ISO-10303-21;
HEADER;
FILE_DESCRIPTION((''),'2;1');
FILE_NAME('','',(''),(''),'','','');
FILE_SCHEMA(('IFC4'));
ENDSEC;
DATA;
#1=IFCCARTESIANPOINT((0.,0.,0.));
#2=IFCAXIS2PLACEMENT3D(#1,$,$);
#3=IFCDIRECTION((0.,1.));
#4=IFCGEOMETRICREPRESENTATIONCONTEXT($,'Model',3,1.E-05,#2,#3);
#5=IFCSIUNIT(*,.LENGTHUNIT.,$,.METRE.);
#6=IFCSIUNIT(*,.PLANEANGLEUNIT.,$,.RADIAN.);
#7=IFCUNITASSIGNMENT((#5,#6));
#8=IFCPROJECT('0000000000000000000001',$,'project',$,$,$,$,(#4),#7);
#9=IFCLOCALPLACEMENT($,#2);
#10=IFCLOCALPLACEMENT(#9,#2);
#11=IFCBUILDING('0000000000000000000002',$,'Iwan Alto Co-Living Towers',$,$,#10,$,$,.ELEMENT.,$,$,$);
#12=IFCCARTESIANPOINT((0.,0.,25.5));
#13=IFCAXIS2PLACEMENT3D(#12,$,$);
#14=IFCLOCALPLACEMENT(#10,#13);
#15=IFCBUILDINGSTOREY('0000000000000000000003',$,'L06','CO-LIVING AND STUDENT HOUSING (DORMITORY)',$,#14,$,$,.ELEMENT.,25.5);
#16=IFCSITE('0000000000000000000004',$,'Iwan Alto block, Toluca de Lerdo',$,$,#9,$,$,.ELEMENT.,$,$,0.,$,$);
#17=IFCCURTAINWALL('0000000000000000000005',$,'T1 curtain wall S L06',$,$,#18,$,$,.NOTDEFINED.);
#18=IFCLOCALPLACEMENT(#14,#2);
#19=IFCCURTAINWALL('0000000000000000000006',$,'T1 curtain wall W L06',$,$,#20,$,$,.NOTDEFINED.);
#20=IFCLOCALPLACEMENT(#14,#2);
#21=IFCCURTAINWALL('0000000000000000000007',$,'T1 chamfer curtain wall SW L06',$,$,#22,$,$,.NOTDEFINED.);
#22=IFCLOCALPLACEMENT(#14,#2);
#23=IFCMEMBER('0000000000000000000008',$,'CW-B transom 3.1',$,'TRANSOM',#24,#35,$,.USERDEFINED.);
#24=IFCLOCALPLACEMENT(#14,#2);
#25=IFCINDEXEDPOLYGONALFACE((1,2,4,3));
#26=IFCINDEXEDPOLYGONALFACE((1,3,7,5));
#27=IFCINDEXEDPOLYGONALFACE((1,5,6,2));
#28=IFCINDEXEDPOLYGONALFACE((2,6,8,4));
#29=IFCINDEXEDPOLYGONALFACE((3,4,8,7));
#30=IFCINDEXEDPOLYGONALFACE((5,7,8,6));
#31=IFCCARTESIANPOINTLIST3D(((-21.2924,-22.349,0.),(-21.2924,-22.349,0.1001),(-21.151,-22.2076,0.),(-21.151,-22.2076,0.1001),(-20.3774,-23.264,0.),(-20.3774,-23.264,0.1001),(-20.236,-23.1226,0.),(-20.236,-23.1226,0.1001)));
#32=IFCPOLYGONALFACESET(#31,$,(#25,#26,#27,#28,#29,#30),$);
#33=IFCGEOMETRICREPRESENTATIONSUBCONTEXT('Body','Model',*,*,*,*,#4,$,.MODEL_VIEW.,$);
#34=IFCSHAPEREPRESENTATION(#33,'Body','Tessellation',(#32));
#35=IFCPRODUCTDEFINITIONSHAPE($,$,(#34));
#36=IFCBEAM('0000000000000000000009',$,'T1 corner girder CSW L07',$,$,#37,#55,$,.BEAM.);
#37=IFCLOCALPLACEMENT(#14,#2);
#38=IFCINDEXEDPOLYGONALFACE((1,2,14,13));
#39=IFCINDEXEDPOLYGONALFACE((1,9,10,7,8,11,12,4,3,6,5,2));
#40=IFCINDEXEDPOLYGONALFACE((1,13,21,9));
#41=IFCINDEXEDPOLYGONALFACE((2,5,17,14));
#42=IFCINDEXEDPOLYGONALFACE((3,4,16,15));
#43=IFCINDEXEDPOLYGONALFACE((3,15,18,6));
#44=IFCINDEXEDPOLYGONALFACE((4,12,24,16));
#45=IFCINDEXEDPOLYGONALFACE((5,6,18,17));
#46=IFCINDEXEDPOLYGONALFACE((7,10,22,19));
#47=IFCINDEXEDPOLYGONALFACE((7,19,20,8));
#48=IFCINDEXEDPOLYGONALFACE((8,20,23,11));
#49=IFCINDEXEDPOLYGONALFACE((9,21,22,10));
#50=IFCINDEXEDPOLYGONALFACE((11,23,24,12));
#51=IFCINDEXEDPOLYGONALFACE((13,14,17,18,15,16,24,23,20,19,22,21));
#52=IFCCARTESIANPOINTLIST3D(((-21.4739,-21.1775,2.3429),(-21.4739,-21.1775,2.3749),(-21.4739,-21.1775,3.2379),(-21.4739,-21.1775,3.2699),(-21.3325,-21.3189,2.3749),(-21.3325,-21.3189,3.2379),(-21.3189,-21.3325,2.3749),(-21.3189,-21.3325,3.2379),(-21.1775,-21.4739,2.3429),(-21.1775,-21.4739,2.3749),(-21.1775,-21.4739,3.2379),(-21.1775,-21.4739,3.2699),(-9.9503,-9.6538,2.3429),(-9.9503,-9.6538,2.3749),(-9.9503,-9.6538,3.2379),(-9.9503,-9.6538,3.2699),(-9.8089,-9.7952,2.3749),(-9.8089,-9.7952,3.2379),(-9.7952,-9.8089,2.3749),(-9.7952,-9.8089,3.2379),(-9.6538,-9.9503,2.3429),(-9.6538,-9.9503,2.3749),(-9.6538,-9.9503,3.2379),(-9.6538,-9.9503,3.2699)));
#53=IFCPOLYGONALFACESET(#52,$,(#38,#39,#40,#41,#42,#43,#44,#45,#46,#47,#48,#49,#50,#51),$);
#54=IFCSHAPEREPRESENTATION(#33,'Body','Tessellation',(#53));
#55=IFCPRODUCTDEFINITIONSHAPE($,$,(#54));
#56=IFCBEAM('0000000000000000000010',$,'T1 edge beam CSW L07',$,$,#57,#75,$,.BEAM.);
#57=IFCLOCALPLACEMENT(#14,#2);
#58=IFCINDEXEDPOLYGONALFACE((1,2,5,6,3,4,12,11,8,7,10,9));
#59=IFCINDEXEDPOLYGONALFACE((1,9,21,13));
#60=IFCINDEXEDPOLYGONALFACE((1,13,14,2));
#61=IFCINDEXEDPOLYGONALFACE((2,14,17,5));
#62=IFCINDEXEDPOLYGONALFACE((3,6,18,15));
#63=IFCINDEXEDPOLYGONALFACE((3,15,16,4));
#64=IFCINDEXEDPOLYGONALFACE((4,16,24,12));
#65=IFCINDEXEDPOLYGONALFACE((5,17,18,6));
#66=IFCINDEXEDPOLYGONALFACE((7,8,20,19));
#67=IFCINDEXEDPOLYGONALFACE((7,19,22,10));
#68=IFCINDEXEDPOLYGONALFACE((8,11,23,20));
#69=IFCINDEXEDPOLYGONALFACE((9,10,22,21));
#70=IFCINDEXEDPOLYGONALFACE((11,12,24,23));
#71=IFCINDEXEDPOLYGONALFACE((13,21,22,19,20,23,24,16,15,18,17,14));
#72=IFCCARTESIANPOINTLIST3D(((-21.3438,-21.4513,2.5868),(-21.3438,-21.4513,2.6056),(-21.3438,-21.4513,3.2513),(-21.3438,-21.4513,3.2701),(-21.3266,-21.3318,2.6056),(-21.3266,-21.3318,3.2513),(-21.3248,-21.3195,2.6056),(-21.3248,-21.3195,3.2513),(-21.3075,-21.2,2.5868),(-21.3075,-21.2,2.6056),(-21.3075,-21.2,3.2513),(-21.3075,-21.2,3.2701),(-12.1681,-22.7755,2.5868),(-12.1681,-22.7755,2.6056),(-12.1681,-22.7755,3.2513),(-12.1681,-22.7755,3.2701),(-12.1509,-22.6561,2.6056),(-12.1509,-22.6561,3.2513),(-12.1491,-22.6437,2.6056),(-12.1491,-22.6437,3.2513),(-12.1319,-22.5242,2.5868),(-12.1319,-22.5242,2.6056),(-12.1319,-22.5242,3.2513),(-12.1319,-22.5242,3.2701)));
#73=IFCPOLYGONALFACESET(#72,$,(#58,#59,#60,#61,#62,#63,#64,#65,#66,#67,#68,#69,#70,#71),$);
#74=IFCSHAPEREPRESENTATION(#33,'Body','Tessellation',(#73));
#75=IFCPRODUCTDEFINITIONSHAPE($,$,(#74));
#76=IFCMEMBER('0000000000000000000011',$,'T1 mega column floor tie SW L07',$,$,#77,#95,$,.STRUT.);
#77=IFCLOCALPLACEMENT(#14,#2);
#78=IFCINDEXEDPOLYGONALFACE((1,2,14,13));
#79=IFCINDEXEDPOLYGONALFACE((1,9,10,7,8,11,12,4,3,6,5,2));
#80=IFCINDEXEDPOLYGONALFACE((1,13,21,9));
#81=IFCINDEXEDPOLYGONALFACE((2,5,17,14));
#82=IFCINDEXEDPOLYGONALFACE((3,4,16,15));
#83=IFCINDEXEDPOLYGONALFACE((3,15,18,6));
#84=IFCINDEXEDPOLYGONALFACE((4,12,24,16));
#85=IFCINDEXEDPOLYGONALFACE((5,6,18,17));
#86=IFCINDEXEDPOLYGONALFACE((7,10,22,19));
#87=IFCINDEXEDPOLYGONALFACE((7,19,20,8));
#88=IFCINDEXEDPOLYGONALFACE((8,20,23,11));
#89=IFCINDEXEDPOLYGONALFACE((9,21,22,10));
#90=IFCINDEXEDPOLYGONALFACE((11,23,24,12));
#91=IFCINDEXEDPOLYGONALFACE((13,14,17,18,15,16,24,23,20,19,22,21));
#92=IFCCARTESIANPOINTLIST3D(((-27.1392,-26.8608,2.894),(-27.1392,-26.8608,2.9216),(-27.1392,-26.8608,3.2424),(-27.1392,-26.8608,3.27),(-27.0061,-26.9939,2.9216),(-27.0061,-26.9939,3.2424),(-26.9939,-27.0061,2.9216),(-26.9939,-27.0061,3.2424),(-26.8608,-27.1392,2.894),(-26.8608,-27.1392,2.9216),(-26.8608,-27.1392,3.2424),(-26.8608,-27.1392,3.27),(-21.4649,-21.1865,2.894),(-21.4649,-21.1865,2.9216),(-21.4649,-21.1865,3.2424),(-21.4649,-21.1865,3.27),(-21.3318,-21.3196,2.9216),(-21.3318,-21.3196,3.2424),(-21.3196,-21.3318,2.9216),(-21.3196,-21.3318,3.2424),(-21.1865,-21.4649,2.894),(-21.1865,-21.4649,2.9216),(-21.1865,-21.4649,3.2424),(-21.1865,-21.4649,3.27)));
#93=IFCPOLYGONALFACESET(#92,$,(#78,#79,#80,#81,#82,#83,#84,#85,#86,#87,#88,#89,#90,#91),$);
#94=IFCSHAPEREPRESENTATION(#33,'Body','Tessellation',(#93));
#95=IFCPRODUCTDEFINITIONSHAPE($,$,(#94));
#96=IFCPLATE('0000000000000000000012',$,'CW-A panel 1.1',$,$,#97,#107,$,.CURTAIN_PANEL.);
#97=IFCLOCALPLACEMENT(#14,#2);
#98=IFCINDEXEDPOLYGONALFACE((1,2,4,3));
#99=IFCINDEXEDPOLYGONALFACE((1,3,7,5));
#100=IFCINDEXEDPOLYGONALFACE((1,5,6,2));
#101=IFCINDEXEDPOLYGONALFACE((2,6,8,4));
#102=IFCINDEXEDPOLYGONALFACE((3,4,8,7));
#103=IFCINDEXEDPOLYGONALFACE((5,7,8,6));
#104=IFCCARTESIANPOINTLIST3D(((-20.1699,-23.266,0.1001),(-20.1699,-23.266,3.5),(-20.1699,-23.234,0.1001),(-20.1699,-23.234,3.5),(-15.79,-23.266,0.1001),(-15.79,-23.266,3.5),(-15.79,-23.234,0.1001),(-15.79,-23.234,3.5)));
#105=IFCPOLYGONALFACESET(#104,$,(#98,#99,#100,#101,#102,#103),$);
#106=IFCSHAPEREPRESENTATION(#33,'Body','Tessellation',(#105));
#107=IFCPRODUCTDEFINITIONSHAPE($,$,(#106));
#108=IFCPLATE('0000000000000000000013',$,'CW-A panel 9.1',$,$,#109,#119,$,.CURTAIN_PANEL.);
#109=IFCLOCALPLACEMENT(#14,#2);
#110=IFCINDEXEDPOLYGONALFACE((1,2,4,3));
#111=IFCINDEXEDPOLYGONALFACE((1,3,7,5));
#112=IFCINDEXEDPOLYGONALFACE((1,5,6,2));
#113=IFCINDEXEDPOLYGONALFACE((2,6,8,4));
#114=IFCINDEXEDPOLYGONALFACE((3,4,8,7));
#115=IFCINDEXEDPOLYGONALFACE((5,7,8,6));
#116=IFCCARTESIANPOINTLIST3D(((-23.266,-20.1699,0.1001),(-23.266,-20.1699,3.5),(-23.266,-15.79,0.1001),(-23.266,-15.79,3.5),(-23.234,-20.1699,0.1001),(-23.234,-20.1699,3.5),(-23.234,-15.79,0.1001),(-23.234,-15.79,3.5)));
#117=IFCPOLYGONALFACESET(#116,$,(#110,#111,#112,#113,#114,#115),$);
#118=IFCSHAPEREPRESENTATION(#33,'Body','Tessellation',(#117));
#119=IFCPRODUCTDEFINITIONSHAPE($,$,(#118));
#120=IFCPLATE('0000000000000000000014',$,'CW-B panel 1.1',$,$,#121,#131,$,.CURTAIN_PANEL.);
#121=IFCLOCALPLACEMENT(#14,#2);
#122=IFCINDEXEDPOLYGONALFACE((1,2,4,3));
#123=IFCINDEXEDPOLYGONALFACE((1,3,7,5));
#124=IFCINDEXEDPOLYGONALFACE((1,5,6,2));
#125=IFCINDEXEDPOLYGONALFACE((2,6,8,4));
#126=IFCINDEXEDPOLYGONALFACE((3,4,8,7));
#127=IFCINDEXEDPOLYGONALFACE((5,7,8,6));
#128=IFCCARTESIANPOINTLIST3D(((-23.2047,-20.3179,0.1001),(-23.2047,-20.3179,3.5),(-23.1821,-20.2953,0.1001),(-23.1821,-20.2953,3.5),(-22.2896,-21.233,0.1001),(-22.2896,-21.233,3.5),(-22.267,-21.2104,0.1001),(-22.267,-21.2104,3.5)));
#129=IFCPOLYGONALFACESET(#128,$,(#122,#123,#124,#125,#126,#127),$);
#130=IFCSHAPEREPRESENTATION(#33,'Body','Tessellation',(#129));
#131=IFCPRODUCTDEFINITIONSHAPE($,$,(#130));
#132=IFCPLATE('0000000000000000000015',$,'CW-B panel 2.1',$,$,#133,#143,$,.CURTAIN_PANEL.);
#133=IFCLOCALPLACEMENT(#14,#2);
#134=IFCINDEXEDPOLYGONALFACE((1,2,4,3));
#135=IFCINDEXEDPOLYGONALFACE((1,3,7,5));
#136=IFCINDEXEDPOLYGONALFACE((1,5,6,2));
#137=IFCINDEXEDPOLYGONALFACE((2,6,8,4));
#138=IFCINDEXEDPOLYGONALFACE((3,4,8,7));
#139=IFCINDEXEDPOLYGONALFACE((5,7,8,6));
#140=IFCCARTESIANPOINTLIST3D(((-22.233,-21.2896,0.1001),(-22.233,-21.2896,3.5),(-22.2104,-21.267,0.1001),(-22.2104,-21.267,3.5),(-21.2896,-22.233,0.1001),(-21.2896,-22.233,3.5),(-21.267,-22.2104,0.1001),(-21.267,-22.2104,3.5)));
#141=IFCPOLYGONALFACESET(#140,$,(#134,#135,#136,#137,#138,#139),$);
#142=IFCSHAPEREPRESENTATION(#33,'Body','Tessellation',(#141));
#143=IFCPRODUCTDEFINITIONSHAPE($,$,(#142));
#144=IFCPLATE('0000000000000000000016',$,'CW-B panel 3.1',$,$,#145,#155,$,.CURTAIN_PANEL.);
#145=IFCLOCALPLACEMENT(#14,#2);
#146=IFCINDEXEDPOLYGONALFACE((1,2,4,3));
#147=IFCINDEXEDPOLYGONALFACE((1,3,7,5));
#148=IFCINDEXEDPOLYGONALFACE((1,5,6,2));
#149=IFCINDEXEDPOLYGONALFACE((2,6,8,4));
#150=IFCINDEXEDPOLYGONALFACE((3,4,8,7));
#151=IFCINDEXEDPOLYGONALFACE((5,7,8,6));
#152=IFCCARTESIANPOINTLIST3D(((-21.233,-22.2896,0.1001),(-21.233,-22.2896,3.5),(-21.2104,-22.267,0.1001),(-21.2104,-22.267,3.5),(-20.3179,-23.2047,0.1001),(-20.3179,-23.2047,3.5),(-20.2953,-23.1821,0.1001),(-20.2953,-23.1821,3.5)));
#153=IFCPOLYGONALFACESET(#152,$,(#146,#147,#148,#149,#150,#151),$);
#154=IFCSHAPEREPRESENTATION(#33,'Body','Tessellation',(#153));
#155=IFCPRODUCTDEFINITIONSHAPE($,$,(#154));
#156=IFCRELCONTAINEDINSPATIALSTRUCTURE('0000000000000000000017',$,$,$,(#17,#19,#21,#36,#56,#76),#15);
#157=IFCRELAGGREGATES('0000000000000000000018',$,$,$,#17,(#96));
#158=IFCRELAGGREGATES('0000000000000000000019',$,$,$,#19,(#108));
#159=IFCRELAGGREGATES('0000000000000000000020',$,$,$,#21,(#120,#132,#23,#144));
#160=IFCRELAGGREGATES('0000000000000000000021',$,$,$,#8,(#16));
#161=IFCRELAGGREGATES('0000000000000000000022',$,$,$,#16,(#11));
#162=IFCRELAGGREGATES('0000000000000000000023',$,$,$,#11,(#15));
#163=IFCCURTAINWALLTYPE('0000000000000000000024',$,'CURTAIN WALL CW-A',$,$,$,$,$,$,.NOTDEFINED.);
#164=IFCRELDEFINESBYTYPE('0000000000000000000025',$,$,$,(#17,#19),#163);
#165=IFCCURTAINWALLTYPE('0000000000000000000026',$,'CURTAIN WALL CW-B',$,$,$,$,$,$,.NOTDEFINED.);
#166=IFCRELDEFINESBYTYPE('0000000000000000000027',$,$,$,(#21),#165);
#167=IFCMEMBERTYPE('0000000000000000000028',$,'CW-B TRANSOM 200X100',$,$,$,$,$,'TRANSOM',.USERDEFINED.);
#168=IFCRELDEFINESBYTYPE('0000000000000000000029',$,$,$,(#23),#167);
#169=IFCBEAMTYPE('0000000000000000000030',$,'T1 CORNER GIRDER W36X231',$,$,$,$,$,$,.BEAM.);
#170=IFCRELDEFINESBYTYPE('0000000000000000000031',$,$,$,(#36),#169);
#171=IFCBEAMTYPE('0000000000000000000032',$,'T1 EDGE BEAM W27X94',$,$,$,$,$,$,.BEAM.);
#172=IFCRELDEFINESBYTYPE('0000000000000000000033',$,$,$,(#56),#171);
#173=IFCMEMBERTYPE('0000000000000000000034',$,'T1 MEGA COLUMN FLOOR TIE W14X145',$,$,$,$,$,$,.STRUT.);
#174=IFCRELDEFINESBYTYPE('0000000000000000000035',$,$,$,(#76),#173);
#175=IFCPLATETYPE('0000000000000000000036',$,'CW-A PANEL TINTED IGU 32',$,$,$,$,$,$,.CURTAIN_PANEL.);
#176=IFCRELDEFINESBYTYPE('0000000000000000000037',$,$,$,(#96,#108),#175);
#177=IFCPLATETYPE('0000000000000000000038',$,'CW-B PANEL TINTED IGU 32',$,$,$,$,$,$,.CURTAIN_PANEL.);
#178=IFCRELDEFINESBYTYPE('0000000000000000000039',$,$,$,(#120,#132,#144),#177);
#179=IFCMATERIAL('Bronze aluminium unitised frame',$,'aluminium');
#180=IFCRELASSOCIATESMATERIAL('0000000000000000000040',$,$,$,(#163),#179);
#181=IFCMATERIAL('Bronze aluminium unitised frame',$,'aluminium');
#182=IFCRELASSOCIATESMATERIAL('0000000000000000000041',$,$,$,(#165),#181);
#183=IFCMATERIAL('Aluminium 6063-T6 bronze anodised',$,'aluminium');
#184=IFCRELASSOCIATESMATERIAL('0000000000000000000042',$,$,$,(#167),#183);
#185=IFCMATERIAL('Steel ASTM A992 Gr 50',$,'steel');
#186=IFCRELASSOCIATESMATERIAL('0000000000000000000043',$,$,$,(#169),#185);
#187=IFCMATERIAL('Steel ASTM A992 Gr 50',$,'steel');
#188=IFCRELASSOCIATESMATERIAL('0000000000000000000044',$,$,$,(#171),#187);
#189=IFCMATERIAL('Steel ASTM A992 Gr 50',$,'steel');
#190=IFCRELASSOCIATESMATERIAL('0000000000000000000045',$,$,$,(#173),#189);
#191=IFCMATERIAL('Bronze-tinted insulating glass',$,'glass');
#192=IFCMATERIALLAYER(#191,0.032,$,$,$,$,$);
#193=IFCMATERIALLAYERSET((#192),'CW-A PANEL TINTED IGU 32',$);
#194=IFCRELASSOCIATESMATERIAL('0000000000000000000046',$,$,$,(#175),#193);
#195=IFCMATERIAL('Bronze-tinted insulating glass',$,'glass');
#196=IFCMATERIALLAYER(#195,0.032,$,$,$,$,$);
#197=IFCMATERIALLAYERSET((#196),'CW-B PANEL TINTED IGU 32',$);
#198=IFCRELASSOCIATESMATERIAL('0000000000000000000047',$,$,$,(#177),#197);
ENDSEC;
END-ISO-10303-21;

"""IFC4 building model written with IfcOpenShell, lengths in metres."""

from ifc_helpers import new_model, si_unit, direction, frame, origin, origin_2d, place, context, subcontext, project, spatial, rectangle, i_section, extrude, material, layer, layer_set, material_profile, profile_set, type_object, element, aggregate, save


model = new_model("IFC4")

# Units and contexts
model_context = context("Model", 3, precision=1e-05, world=origin(), true_north=direction((0.0, 1.0)))
body_context = subcontext(model_context, "Body", "Model", "MODEL_VIEW")
ifc_project = project(units=[si_unit("LENGTHUNIT", "METRE"), si_unit("PLANEANGLEUNIT", "RADIAN")], contexts=[model_context])

# Site, building, storey
site_placement = place(None, origin())
site = spatial("IfcSite", under=ifc_project, at=site_placement, Name="Iwan Alto block, Toluca de Lerdo", CompositionType="ELEMENT", RefElevation=0.0)
building_placement = place(site_placement, origin())
building = spatial("IfcBuilding", under=site, at=building_placement, Name="Iwan Alto Co-Living Towers", CompositionType="ELEMENT")
storey_placement = place(building_placement, frame((0.0, 0.0, 25.5)))
storey = spatial("IfcBuildingStorey", under=building, at=storey_placement, Name="L06", Description="CO-LIVING AND STUDENT HOUSING (DORMITORY)", CompositionType="ELEMENT", Elevation=25.5)

# Curtain wall
ifc_material_1 = material(Name="Bronze aluminium unitised frame", Category="aluminium")
curtain_wall_type_1 = type_object("IfcCurtainWallType", Name="CURTAIN WALL CW-A", PredefinedType="NOTDEFINED", material=ifc_material_1)
curtain_wall_1_placement = place(storey_placement, origin())
curtain_wall_1 = element("IfcCurtainWall", 1, at=curtain_wall_1_placement, inside=storey, type_object=curtain_wall_type_1, Name="T1 curtain wall S L06", PredefinedType="NOTDEFINED")

# Curtain wall
curtain_wall_2_placement = place(storey_placement, origin())
curtain_wall_2 = element("IfcCurtainWall", 2, at=curtain_wall_2_placement, inside=storey, type_object=curtain_wall_type_1, Name="T1 curtain wall W L06", PredefinedType="NOTDEFINED")

# Curtain wall, member
ifc_material_2 = material(Name="Bronze aluminium unitised frame", Category="aluminium")
curtain_wall_type_2 = type_object("IfcCurtainWallType", Name="CURTAIN WALL CW-B", PredefinedType="NOTDEFINED", material=ifc_material_2)
curtain_wall_3_placement = place(storey_placement, origin())
curtain_wall_3 = element("IfcCurtainWall", 3, at=curtain_wall_3_placement, inside=storey, type_object=curtain_wall_type_2, Name="T1 chamfer curtain wall SW L06", PredefinedType="NOTDEFINED")
ifc_material_3 = material(Name="Aluminium 6063-T6 bronze anodised", Category="aluminium")
ifc_material_profile_1 = material_profile(ifc_material_3, rectangle(XDim=0.2, YDim=0.1001, at=origin_2d()), Name="AL 200X100")
ifc_profile_set_1 = profile_set([ifc_material_profile_1], Name="Aluminium 6063-T6 bronze anodised")
member_type_1 = type_object("IfcMemberType", Name="CW-B TRANSOM 200X100", ElementType="TRANSOM", PredefinedType="USERDEFINED", material=ifc_profile_set_1)
member_1_placement = place(storey_placement, frame((-21.2217, -22.2783, 0.05), z_axis=(0.707107, -0.707107, 0.0), x_axis=(0.707107, 0.707107, 0.0)))
member_1 = element("IfcMember", 4, at=member_1_placement, type_object=member_type_1, Name="CW-B transom 3.1", ObjectType="TRANSOM", PredefinedType="USERDEFINED", context=body_context, shape_type="SweptSolid", body=[
    extrude(rectangle(XDim=0.2, YDim=0.1001, at=origin_2d()), origin(), (0.0, 0.0, 1.0), 1.2939),
])

# Beams
ifc_material_4 = material(Name="Steel ASTM A992 Gr 50", Category="steel")
ifc_material_profile_2 = material_profile(ifc_material_4, i_section(OverallWidth=0.4192, OverallDepth=0.927, WebThickness=0.0193, FlangeThickness=0.032, at=origin_2d()), Name="W36X231")
ifc_profile_set_2 = profile_set([ifc_material_profile_2], Name="Steel ASTM A992 Gr 50")
beam_type_1 = type_object("IfcBeamType", Name="T1 CORNER GIRDER W36X231", PredefinedType="BEAM", material=ifc_profile_set_2)
beam_1_placement = place(storey_placement, frame((-21.3257, -21.3257, 2.8064), z_axis=(0.707107, 0.707107, 0.0), x_axis=(-0.707107, 0.707107, 0.0)))
element("IfcBeam", 5, at=beam_1_placement, inside=storey, type_object=beam_type_1, Name="T1 corner girder CSW L07", PredefinedType="BEAM", context=body_context, shape_type="SweptSolid", body=[
    extrude(i_section(OverallWidth=0.4192, OverallDepth=0.927, WebThickness=0.0193, FlangeThickness=0.032, at=origin_2d()), origin(), (0.0, 0.0, 1.0), 16.2969),
])
ifc_material_5 = material(Name="Steel ASTM A992 Gr 50", Category="steel")
ifc_material_profile_3 = material_profile(ifc_material_5, i_section(OverallWidth=0.2539, OverallDepth=0.6833, WebThickness=0.0125, FlangeThickness=0.0188, at=origin_2d()), Name="W27X94")
ifc_profile_set_3 = profile_set([ifc_material_profile_3], Name="Steel ASTM A992 Gr 50")
beam_type_2 = type_object("IfcBeamType", Name="T1 EDGE BEAM W27X94", PredefinedType="BEAM", material=ifc_profile_set_3)
beam_2_placement = place(storey_placement, frame((-21.3257, -21.3257, 2.9285), z_axis=(0.989746, -0.142837, 0.0), x_axis=(0.142837, 0.989746, 0.0)))
element("IfcBeam", 6, at=beam_2_placement, inside=storey, type_object=beam_type_2, Name="T1 edge beam CSW L07", PredefinedType="BEAM", context=body_context, shape_type="SweptSolid", body=[
    extrude(i_section(OverallWidth=0.2539, OverallDepth=0.6833, WebThickness=0.0125, FlangeThickness=0.0188, at=origin_2d()), origin(), (0.0, 0.0, 1.0), 9.2708),
])

# Member
ifc_material_6 = material(Name="Steel ASTM A992 Gr 50", Category="steel")
ifc_material_profile_4 = material_profile(ifc_material_6, i_section(OverallWidth=0.3938, OverallDepth=0.376, WebThickness=0.0173, FlangeThickness=0.0276, at=origin_2d()), Name="W14X145")
ifc_profile_set_4 = profile_set([ifc_material_profile_4], Name="Steel ASTM A992 Gr 50")
member_type_2 = type_object("IfcMemberType", Name="T1 MEGA COLUMN FLOOR TIE W14X145", PredefinedType="STRUT", material=ifc_profile_set_4)
member_2_placement = place(storey_placement, frame((-27.0, -27.0, 3.082), z_axis=(0.707107, 0.707107, 0.0), x_axis=(-0.707107, 0.707107, 0.0)))
element("IfcMember", 7, at=member_2_placement, inside=storey, type_object=member_type_2, Name="T1 mega column floor tie SW L07", PredefinedType="STRUT", context=body_context, shape_type="SweptSolid", body=[
    extrude(i_section(OverallWidth=0.3938, OverallDepth=0.376, WebThickness=0.0173, FlangeThickness=0.0276, at=origin_2d()), origin(), (0.0, 0.0, 1.0), 8.0247),
])

# Plates
ifc_material_7 = material(Name="Bronze-tinted insulating glass", Category="glass")
ifc_layer_1 = layer(ifc_material_7, 0.032)
ifc_layer_set_1 = layer_set([ifc_layer_1], Name="CW-A PANEL TINTED IGU 32")
plate_type_1 = type_object("IfcPlateType", Name="CW-A PANEL TINTED IGU 32", PredefinedType="CURTAIN_PANEL", material=ifc_layer_set_1)
plate_1_placement = place(storey_placement, frame((-17.98, -23.25, 0.1001), z_axis=(0.0, 0.0, 1.0), x_axis=(1.0, 0.0, 0.0)))
plate_1 = element("IfcPlate", 8, at=plate_1_placement, type_object=plate_type_1, Name="CW-A panel 1.1", PredefinedType="CURTAIN_PANEL", context=body_context, shape_type="SweptSolid", body=[
    extrude(rectangle(XDim=4.3799, YDim=0.032, at=origin_2d()), origin(), (0.0, 0.0, 1.0), 3.3999),
])
aggregate(curtain_wall_1, [plate_1])
plate_2_placement = place(storey_placement, frame((-23.25, -17.98, 0.1001), z_axis=(0.0, 0.0, 1.0), x_axis=(0.0, -1.0, 0.0)))
plate_2 = element("IfcPlate", 9, at=plate_2_placement, type_object=plate_type_1, Name="CW-A panel 9.1", PredefinedType="CURTAIN_PANEL", context=body_context, shape_type="SweptSolid", body=[
    extrude(rectangle(XDim=4.3799, YDim=0.032, at=origin_2d()), origin(), (0.0, 0.0, 1.0), 3.3999),
])
aggregate(curtain_wall_2, [plate_2])
ifc_material_8 = material(Name="Bronze-tinted insulating glass", Category="glass")
ifc_layer_2 = layer(ifc_material_8, 0.032)
ifc_layer_set_2 = layer_set([ifc_layer_2], Name="CW-B PANEL TINTED IGU 32")
plate_type_2 = type_object("IfcPlateType", Name="CW-B PANEL TINTED IGU 32", PredefinedType="CURTAIN_PANEL", material=ifc_layer_set_2)
plate_3_placement = place(storey_placement, frame((-22.7358, -20.7642, 0.1001), z_axis=(0.0, 0.0, 1.0), x_axis=(0.707107, -0.707107, 0.0)))
plate_3 = element("IfcPlate", 10, at=plate_3_placement, type_object=plate_type_2, Name="CW-B panel 1.1", PredefinedType="CURTAIN_PANEL", context=body_context, shape_type="SweptSolid", body=[
    extrude(rectangle(XDim=1.2942, YDim=0.032, at=origin_2d()), origin(), (0.0, 0.0, 1.0), 3.3999),
])
plate_4_placement = place(storey_placement, frame((-21.75, -21.75, 0.1001), z_axis=(0.0, 0.0, 1.0), x_axis=(0.707107, -0.707107, 0.0)))
plate_4 = element("IfcPlate", 11, at=plate_4_placement, type_object=plate_type_2, Name="CW-B panel 2.1", PredefinedType="CURTAIN_PANEL", context=body_context, shape_type="SweptSolid", body=[
    extrude(rectangle(XDim=1.3342, YDim=0.032, at=origin_2d()), origin(), (0.0, 0.0, 1.0), 3.3999),
])
plate_5_placement = place(storey_placement, frame((-20.7642, -22.7358, 0.1001), z_axis=(0.0, 0.0, 1.0), x_axis=(0.707107, -0.707107, 0.0)))
plate_5 = element("IfcPlate", 12, at=plate_5_placement, type_object=plate_type_2, Name="CW-B panel 3.1", PredefinedType="CURTAIN_PANEL", context=body_context, shape_type="SweptSolid", body=[
    extrude(rectangle(XDim=1.2942, YDim=0.032, at=origin_2d()), origin(), (0.0, 0.0, 1.0), 3.3999),
])
aggregate(curtain_wall_3, [plate_3, plate_4, member_1, plate_5])

save(model, "model.ifc")
